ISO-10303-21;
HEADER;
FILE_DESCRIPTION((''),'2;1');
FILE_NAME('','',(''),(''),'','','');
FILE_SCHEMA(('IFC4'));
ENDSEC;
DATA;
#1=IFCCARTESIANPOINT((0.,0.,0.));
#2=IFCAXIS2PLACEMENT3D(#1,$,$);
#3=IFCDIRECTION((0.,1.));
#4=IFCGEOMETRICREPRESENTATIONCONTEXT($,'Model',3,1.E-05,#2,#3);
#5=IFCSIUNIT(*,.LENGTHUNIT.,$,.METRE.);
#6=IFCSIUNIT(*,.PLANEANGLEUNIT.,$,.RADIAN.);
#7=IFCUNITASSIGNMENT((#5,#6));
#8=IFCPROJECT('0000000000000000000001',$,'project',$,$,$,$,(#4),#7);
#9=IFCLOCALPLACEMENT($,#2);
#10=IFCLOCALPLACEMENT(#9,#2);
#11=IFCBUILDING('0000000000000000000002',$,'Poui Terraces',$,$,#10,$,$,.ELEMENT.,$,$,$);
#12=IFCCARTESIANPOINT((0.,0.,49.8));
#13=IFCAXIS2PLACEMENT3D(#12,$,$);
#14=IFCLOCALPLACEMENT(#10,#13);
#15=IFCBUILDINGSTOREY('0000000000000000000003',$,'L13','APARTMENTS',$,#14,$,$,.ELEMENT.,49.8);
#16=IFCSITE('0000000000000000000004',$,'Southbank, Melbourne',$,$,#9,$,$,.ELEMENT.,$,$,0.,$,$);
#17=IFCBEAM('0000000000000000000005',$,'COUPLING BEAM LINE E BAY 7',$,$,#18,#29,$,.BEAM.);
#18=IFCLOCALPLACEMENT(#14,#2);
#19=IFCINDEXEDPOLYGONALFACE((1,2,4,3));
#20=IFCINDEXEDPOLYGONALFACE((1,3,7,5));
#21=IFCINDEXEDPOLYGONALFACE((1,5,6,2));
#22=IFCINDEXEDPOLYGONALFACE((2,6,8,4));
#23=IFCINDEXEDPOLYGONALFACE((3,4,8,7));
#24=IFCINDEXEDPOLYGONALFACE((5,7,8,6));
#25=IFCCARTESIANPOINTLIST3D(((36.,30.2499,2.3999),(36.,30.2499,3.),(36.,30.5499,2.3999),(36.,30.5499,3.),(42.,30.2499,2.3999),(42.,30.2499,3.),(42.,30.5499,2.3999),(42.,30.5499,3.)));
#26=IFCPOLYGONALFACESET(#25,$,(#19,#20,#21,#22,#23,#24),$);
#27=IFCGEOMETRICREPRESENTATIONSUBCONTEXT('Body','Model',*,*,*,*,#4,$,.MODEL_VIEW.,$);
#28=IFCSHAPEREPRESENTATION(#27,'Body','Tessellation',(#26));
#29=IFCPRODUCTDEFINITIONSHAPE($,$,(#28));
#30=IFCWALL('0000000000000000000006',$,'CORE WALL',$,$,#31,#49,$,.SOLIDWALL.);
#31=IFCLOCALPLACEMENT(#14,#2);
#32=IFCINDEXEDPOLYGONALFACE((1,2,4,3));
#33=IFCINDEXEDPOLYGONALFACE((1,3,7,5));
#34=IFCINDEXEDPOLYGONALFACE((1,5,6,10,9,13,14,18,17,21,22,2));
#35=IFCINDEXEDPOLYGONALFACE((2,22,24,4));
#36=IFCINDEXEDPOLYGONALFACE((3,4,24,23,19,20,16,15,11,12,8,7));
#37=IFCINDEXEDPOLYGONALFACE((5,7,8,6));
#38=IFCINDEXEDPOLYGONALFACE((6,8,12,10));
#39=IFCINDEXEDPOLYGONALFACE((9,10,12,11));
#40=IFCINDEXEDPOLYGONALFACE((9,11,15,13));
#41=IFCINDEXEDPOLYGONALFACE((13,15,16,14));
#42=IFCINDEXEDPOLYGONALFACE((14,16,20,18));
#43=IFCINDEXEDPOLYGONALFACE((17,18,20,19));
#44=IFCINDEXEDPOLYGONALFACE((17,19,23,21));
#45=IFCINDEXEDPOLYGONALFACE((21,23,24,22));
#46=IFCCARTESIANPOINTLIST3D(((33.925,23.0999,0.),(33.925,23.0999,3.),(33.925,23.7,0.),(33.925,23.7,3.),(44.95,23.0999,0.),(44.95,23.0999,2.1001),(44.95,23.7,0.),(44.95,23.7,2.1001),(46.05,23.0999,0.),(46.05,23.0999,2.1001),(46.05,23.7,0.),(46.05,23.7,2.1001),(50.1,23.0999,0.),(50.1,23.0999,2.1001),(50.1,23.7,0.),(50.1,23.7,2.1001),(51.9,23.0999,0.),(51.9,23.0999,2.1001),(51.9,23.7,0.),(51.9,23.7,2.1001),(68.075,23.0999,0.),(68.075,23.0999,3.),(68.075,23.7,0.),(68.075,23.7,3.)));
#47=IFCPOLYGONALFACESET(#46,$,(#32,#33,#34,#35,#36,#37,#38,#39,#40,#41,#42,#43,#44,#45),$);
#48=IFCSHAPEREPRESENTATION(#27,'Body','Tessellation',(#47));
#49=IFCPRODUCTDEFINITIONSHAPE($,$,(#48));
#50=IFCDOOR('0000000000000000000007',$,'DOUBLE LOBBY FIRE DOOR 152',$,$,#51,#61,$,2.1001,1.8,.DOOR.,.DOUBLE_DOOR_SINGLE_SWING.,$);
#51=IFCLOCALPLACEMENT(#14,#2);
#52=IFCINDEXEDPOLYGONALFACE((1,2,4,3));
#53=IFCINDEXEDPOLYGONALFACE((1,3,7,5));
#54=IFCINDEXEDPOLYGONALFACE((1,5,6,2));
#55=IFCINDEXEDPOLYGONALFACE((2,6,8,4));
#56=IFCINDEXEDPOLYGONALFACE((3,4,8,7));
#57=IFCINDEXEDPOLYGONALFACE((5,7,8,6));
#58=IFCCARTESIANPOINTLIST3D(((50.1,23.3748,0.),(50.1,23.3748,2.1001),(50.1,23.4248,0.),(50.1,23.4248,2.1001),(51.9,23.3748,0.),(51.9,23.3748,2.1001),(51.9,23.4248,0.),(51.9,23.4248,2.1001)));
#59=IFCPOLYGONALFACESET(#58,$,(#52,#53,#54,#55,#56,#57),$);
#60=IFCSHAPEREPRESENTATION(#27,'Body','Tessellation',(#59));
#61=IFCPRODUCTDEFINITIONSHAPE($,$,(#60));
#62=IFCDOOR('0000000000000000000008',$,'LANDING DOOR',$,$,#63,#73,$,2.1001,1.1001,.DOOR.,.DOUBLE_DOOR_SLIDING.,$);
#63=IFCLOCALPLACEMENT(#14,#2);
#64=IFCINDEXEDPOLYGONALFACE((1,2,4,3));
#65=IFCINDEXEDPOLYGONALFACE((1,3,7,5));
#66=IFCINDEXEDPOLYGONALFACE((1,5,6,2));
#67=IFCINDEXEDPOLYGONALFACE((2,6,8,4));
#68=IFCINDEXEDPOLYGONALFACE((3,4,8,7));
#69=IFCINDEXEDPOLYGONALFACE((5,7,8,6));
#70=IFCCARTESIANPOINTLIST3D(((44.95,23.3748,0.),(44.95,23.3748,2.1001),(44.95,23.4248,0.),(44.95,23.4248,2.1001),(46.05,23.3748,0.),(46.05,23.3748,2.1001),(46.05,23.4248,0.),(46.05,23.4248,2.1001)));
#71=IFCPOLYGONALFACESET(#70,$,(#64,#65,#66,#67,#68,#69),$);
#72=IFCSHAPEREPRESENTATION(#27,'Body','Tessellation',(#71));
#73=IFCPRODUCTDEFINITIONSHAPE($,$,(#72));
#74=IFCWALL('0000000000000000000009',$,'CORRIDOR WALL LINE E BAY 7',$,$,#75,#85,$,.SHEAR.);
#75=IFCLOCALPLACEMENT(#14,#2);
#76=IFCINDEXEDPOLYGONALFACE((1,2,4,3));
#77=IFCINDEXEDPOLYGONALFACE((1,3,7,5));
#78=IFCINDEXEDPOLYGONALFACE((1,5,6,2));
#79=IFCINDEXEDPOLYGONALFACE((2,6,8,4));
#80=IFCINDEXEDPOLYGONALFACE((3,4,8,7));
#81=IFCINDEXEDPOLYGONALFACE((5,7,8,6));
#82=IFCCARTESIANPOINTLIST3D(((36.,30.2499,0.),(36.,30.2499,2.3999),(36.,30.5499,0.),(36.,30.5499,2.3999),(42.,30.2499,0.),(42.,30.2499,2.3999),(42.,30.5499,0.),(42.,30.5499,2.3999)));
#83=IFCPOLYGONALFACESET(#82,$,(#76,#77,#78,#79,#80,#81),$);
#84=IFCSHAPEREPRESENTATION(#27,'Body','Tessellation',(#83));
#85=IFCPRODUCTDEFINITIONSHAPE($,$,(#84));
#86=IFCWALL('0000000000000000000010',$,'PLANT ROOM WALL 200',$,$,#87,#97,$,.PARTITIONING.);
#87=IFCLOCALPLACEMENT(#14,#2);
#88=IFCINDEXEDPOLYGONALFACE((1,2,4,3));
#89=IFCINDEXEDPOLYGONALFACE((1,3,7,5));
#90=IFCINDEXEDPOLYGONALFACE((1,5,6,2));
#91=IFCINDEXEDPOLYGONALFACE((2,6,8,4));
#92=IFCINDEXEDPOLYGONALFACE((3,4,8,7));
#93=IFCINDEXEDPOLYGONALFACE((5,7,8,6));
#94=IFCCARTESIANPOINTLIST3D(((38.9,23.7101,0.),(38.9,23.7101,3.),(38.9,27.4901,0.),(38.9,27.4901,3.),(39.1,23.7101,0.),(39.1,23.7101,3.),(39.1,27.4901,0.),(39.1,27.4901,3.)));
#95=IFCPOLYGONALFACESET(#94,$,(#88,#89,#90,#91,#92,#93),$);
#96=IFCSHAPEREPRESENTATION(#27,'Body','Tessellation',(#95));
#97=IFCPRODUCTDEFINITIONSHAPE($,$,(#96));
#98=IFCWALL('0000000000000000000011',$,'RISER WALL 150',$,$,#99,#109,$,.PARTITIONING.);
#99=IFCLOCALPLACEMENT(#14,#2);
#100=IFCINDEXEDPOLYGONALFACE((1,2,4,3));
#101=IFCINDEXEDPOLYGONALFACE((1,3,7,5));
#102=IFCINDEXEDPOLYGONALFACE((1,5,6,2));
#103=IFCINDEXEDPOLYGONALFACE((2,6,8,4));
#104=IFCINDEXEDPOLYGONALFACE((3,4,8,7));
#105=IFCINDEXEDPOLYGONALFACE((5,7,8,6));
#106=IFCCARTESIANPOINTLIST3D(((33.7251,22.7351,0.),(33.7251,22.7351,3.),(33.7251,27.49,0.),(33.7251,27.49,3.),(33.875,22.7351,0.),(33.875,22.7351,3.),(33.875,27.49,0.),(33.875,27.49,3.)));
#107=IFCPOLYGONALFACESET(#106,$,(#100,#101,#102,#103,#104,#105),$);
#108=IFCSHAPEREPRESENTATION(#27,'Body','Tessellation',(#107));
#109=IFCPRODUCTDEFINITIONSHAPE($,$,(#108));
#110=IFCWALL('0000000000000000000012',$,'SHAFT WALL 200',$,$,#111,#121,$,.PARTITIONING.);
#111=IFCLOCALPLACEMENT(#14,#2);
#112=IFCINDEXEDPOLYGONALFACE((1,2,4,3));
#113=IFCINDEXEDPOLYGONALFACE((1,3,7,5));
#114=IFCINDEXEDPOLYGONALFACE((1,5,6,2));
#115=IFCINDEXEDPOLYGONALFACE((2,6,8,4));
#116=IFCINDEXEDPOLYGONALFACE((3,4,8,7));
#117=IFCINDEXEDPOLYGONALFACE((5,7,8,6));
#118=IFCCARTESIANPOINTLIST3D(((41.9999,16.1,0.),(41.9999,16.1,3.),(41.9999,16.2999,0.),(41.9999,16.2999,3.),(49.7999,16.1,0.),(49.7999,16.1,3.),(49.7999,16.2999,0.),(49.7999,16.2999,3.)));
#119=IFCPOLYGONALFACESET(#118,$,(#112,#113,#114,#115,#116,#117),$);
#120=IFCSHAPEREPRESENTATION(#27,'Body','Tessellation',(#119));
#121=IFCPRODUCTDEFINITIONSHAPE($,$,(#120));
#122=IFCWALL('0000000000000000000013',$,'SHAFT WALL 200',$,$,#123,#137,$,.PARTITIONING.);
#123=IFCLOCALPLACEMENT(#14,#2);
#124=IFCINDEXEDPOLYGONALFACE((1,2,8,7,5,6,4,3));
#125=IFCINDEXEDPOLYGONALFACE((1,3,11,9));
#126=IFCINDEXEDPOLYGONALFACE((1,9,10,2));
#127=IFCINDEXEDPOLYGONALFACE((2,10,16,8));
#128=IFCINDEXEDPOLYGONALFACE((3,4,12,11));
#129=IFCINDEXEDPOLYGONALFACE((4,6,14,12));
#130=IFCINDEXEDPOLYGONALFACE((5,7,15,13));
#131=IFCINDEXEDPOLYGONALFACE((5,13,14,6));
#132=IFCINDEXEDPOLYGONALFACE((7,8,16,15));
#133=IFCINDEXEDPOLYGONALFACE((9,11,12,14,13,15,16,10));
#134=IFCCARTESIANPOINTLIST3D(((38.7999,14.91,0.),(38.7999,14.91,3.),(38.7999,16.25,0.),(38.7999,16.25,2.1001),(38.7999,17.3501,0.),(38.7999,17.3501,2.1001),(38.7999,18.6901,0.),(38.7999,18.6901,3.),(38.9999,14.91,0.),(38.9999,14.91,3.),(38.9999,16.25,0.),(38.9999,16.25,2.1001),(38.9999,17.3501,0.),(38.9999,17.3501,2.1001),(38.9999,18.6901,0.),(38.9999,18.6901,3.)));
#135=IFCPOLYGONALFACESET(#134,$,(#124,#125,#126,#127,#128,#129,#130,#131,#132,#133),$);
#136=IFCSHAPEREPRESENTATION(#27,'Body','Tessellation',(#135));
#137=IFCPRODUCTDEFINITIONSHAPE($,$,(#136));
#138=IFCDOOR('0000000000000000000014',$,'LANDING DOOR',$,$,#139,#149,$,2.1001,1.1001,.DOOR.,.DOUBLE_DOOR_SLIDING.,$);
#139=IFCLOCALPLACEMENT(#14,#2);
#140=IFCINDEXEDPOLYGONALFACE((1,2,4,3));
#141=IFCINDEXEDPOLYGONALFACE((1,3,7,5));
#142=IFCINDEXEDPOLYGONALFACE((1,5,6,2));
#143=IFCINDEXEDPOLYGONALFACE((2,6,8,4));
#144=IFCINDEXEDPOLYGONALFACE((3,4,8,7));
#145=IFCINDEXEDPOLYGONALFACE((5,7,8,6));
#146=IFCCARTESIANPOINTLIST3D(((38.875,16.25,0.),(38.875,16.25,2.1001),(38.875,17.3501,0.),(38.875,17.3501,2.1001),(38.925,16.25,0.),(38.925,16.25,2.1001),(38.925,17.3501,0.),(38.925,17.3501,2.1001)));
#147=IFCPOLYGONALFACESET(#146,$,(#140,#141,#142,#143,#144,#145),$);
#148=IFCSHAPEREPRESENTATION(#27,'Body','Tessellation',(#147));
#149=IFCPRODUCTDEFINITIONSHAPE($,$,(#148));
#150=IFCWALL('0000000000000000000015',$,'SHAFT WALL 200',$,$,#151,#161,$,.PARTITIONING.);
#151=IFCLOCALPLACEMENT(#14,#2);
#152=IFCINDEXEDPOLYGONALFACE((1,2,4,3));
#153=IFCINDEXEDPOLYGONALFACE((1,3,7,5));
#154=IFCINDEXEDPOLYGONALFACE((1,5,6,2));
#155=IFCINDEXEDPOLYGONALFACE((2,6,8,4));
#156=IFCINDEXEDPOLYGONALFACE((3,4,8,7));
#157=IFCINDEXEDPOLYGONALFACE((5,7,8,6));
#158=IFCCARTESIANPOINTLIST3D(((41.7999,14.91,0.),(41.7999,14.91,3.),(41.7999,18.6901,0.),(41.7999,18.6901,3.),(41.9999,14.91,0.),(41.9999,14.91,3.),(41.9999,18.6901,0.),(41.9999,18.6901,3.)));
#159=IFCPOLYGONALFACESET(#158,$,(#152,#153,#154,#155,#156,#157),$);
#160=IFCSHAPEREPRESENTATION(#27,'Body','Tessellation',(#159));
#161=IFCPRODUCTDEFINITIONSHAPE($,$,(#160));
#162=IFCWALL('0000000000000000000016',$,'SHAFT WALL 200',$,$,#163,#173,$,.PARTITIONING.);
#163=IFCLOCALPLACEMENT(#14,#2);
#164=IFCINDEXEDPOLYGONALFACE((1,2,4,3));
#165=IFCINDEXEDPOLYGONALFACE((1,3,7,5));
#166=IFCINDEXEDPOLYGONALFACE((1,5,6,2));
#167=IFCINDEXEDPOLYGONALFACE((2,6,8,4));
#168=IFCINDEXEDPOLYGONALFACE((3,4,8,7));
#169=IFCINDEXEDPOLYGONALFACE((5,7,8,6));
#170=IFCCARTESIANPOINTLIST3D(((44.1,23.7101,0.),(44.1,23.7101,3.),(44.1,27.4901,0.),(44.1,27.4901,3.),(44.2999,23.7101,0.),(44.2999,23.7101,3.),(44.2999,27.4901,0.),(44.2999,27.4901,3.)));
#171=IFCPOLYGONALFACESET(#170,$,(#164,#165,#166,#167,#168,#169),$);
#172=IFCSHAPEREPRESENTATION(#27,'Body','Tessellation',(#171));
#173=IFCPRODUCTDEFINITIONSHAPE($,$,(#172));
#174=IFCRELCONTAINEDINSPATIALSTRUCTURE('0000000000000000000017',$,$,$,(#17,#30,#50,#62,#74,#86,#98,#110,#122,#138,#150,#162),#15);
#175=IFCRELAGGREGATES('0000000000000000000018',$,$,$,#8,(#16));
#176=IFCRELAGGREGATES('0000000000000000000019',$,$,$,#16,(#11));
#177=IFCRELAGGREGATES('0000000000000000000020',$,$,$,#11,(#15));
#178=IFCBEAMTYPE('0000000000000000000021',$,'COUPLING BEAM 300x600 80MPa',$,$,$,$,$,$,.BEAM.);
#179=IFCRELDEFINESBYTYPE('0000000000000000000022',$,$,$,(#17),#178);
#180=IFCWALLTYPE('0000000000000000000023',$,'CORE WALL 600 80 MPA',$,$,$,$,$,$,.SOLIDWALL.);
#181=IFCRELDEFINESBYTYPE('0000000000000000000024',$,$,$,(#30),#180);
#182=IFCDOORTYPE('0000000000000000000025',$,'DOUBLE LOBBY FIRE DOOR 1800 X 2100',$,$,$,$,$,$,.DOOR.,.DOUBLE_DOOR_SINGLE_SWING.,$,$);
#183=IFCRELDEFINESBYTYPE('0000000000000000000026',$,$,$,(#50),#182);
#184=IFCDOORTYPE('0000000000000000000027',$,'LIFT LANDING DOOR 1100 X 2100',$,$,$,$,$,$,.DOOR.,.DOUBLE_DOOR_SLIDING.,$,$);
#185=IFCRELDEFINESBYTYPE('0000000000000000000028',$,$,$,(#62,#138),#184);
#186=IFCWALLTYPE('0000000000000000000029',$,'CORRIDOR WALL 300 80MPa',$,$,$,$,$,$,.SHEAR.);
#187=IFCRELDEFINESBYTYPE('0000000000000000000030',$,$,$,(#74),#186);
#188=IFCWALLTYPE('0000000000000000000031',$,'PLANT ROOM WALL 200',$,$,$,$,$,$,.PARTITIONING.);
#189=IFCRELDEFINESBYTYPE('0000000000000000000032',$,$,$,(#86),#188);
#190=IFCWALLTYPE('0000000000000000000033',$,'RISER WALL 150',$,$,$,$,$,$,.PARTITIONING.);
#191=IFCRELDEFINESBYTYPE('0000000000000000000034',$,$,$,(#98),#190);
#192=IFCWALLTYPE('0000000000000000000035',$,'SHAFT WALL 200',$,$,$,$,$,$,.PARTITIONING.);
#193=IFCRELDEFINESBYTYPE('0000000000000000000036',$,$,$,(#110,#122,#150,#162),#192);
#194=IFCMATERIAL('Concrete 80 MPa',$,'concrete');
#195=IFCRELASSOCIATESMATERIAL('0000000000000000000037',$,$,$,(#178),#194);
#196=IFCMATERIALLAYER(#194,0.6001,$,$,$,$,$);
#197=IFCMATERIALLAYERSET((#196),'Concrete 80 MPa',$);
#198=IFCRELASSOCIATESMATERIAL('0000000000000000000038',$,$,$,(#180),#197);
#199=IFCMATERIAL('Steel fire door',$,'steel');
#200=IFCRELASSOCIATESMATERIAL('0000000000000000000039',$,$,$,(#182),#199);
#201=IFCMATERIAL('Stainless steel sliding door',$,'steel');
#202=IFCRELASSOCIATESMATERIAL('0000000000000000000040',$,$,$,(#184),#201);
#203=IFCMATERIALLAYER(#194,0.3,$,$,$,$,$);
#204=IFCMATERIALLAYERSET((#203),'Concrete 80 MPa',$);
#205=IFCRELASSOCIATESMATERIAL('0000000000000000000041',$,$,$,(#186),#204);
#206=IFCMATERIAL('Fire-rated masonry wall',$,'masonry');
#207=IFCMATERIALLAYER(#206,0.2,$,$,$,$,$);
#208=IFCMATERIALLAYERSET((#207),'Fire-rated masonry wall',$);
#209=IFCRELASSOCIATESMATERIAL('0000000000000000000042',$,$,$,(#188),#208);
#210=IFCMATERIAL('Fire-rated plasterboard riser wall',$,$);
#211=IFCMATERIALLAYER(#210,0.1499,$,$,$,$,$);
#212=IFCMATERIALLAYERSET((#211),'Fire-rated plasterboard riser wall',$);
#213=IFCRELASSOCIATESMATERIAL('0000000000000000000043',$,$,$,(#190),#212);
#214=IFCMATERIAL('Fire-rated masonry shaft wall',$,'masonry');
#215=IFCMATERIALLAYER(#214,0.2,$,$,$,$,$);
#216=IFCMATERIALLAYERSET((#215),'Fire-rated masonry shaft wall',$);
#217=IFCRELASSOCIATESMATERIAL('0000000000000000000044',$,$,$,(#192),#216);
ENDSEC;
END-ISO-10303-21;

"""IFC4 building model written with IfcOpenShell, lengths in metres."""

from ifc_helpers import new_model, si_unit, direction, frame, frame_2d, origin, origin_2d, place, context, subcontext, project, spatial, rectangle, extrude, source, transform, mapped, material, layer, layer_set, material_profile, profile_set, type_object, element, fill, save


model = new_model("IFC4")

# Units and contexts
model_context = context("Model", 3, precision=1e-05, world=origin(), true_north=direction((0.0, 1.0)))
body_context = subcontext(model_context, "Body", "Model", "MODEL_VIEW")
ifc_project = project(units=[si_unit("LENGTHUNIT", "METRE"), si_unit("PLANEANGLEUNIT", "RADIAN")], contexts=[model_context])

# Site, building, storey
site_placement = place(None, origin())
site = spatial("IfcSite", under=ifc_project, at=site_placement, Name="Southbank, Melbourne", CompositionType="ELEMENT", RefElevation=0.0)
building_placement = place(site_placement, origin())
building = spatial("IfcBuilding", under=site, at=building_placement, Name="Poui Terraces", CompositionType="ELEMENT")
storey_placement = place(building_placement, frame((0.0, 0.0, 49.8)))
storey = spatial("IfcBuildingStorey", under=building, at=storey_placement, Name="L13", Description="APARTMENTS", CompositionType="ELEMENT", Elevation=49.8)

# Beam
ifc_material_1 = material(Name="Concrete 80 MPa", Category="concrete")
ifc_material_profile = material_profile(ifc_material_1, rectangle(XDim=0.3, YDim=0.6001, at=origin_2d()), Name="RC 300x600")
ifc_profile_set = profile_set([ifc_material_profile], Name="Concrete 80 MPa")
beam_type = type_object("IfcBeamType", Name="COUPLING BEAM 300x600 80MPa", PredefinedType="BEAM", material=ifc_profile_set)
shared_shape = source(origin(), body_context, "Body", "SweptSolid", [
    extrude(rectangle(XDim=0.3, YDim=0.6001, at=origin_2d()), origin(), (0.0, 0.0, 1.0), 6.0),
])
beam_placement = place(storey_placement, frame((36.0, 30.3999, 2.7), z_axis=(1.0, 0.0, 0.0), x_axis=(0.0, 1.0, 0.0)))
element("IfcBeam", 1, at=beam_placement, inside=storey, type_object=beam_type, Name="COUPLING BEAM LINE E BAY 7", PredefinedType="BEAM", context=body_context, shape_type="MappedRepresentation", body=[
    mapped(shared_shape, transform((0.0, 0.0, 0.0))),
])

# Wall, openings, doors
ifc_layer_1 = layer(ifc_material_1, 0.6001)
ifc_layer_set_1 = layer_set([ifc_layer_1], Name="Concrete 80 MPa")
wall_type_1 = type_object("IfcWallType", Name="CORE WALL 600 80 MPA", PredefinedType="SOLIDWALL", material=ifc_layer_set_1)
ifc_material_2 = material(Name="Steel fire door", Category="steel")
door_type_1 = type_object("IfcDoorType", Name="DOUBLE LOBBY FIRE DOOR 1800 X 2100", OperationType="DOUBLE_DOOR_SINGLE_SWING", PredefinedType="DOOR", material=ifc_material_2)
ifc_material_3 = material(Name="Stainless steel sliding door", Category="steel")
door_type_2 = type_object("IfcDoorType", Name="LIFT LANDING DOOR 1100 X 2100", OperationType="DOUBLE_DOOR_SLIDING", PredefinedType="DOOR", material=ifc_material_3)
wall_1_placement = place(storey_placement, frame((33.925, 23.3999, 0.0), z_axis=(0.0, 0.0, 1.0), x_axis=(1.0, 0.0, 0.0)))
wall_1 = element("IfcWall", 2, at=wall_1_placement, inside=storey, type_object=wall_type_1, Name="CORE WALL", PredefinedType="SOLIDWALL", context=body_context, shape_type="SweptSolid", body=[
    extrude(rectangle(XDim=34.1499, YDim=0.6001, at=frame_2d((17.075, 0.0))), origin(), (0.0, 0.0, 1.0), 3.0),
])
opening_1_placement = place(wall_1_placement, frame((16.175, 0.0, 0.0)))
opening_1 = element("IfcOpeningElement", 3, at=opening_1_placement, cuts=wall_1, PredefinedType="OPENING", context=body_context, shape_type="SweptSolid", body=[
    extrude(rectangle(XDim=1.8, YDim=2.1001, at=frame_2d((0.8999, 1.05))), frame((0.0, 0.3101, 0.0), z_axis=(0.0, -1.0, 0.0), x_axis=(1.0, 0.0, 0.0)), (0.0, 0.0, 1.0), 0.6201),
])
opening_2_placement = place(wall_1_placement, frame((11.0249, 0.0, 0.0)))
opening_2 = element("IfcOpeningElement", 4, at=opening_2_placement, cuts=wall_1, PredefinedType="OPENING", context=body_context, shape_type="SweptSolid", body=[
    extrude(rectangle(XDim=1.1001, YDim=2.1001, at=frame_2d((0.55, 1.05))), frame((0.0, 0.3101, 0.0), z_axis=(0.0, -1.0, 0.0), x_axis=(1.0, 0.0, 0.0)), (0.0, 0.0, 1.0), 0.6201),
])
door_1_placement = place(opening_1_placement, origin())
door_1 = element("IfcDoor", 5, at=door_1_placement, inside=storey, type_object=door_type_1, Name="DOUBLE LOBBY FIRE DOOR 152", OperationType="DOUBLE_DOOR_SINGLE_SWING", OverallHeight=2.1001, OverallWidth=1.8, PredefinedType="DOOR", context=body_context, shape_type="SweptSolid", body=[
    extrude(rectangle(XDim=1.8, YDim=2.1001, at=frame_2d((0.8999, 1.05))), frame((0.0, 0.0249, 0.0), z_axis=(0.0, -1.0, 0.0), x_axis=(1.0, 0.0, 0.0)), (0.0, 0.0, 1.0), 0.05),
])
fill(opening_1, door_1)
door_2_placement = place(opening_2_placement, origin())
door_2 = element("IfcDoor", 6, at=door_2_placement, inside=storey, type_object=door_type_2, Name="LANDING DOOR", OperationType="DOUBLE_DOOR_SLIDING", OverallHeight=2.1001, OverallWidth=1.1001, PredefinedType="DOOR", context=body_context, shape_type="SweptSolid", body=[
    extrude(rectangle(XDim=1.1001, YDim=2.1001, at=frame_2d((0.55, 1.05))), frame((0.0, 0.0249, 0.0), z_axis=(0.0, -1.0, 0.0), x_axis=(1.0, 0.0, 0.0)), (0.0, 0.0, 1.0), 0.05),
])
fill(opening_2, door_2)

# Walls
ifc_layer_2 = layer(ifc_material_1, 0.3)
ifc_layer_set_2 = layer_set([ifc_layer_2], Name="Concrete 80 MPa")
wall_type_2 = type_object("IfcWallType", Name="CORRIDOR WALL 300 80MPa", PredefinedType="SHEAR", material=ifc_layer_set_2)
wall_2_placement = place(storey_placement, frame((36.0, 30.3999, 0.0), z_axis=(0.0, 0.0, 1.0), x_axis=(1.0, 0.0, 0.0)))
element("IfcWall", 7, at=wall_2_placement, inside=storey, type_object=wall_type_2, Name="CORRIDOR WALL LINE E BAY 7", PredefinedType="SHEAR", context=body_context, shape_type="SweptSolid", body=[
    extrude(rectangle(XDim=6.0, YDim=0.3, at=frame_2d((3.0, 0.0))), origin(), (0.0, 0.0, 1.0), 2.3999),
])
ifc_material_4 = material(Name="Fire-rated masonry wall", Category="masonry")
ifc_layer_3 = layer(ifc_material_4, 0.2)
ifc_layer_set_3 = layer_set([ifc_layer_3], Name="Fire-rated masonry wall")
wall_type_3 = type_object("IfcWallType", Name="PLANT ROOM WALL 200", PredefinedType="PARTITIONING", material=ifc_layer_set_3)
wall_3_placement = place(storey_placement, frame((39.0, 23.71, 0.0), z_axis=(0.0, 0.0, 1.0), x_axis=(0.0, 1.0, 0.0)))
element("IfcWall", 8, at=wall_3_placement, inside=storey, type_object=wall_type_3, Name="PLANT ROOM WALL 200", PredefinedType="PARTITIONING", context=body_context, shape_type="SweptSolid", body=[
    extrude(rectangle(XDim=3.78, YDim=0.2, at=frame_2d((1.8901, 0.0))), origin(), (0.0, 0.0, 1.0), 3.0),
])
ifc_material_5 = material(Name="Fire-rated plasterboard riser wall")
ifc_layer_4 = layer(ifc_material_5, 0.1499)
ifc_layer_set_4 = layer_set([ifc_layer_4], Name="Fire-rated plasterboard riser wall")
wall_type_4 = type_object("IfcWallType", Name="RISER WALL 150", PredefinedType="PARTITIONING", material=ifc_layer_set_4)
wall_4_placement = place(storey_placement, frame((33.8, 22.7351, 0.0), z_axis=(0.0, 0.0, 1.0), x_axis=(0.0, 1.0, 0.0)))
element("IfcWall", 9, at=wall_4_placement, inside=storey, type_object=wall_type_4, Name="RISER WALL 150", PredefinedType="PARTITIONING", context=body_context, shape_type="SweptSolid", body=[
    extrude(rectangle(XDim=4.7549, YDim=0.1499, at=frame_2d((2.3774, 0.0))), origin(), (0.0, 0.0, 1.0), 3.0),
])
ifc_material_6 = material(Name="Fire-rated masonry shaft wall", Category="masonry")
ifc_layer_5 = layer(ifc_material_6, 0.2)
ifc_layer_set_5 = layer_set([ifc_layer_5], Name="Fire-rated masonry shaft wall")
wall_type_5 = type_object("IfcWallType", Name="SHAFT WALL 200", PredefinedType="PARTITIONING", material=ifc_layer_set_5)
wall_5_placement = place(storey_placement, frame((42.0, 16.2, 0.0), z_axis=(0.0, 0.0, 1.0), x_axis=(1.0, 0.0, 0.0)))
element("IfcWall", 10, at=wall_5_placement, inside=storey, type_object=wall_type_5, Name="SHAFT WALL 200", PredefinedType="PARTITIONING", context=body_context, shape_type="SweptSolid", body=[
    extrude(rectangle(XDim=7.8, YDim=0.2, at=frame_2d((3.8999, 0.0))), origin(), (0.0, 0.0, 1.0), 3.0),
])

# Wall, opening, door
wall_6_placement = place(storey_placement, frame((38.8999, 14.9099, 0.0), z_axis=(0.0, 0.0, 1.0), x_axis=(0.0, 1.0, 0.0)))
wall_6 = element("IfcWall", 11, at=wall_6_placement, inside=storey, type_object=wall_type_5, Name="SHAFT WALL 200", PredefinedType="PARTITIONING", context=body_context, shape_type="SweptSolid", body=[
    extrude(rectangle(XDim=3.78, YDim=0.2, at=frame_2d((1.8901, 0.0))), origin(), (0.0, 0.0, 1.0), 3.0),
])
opening_3_placement = place(wall_6_placement, frame((1.3401, 0.0, 0.0)))
opening_3 = element("IfcOpeningElement", 12, at=opening_3_placement, cuts=wall_6, PredefinedType="OPENING", context=body_context, shape_type="SweptSolid", body=[
    extrude(rectangle(XDim=1.1001, YDim=2.1001, at=frame_2d((0.55, 1.05))), frame((0.0, 0.1099, 0.0), z_axis=(0.0, -1.0, 0.0), x_axis=(1.0, 0.0, 0.0)), (0.0, 0.0, 1.0), 0.22),
])
door_3_placement = place(opening_3_placement, origin())
door_3 = element("IfcDoor", 13, at=door_3_placement, inside=storey, type_object=door_type_2, Name="LANDING DOOR", OperationType="DOUBLE_DOOR_SLIDING", OverallHeight=2.1001, OverallWidth=1.1001, PredefinedType="DOOR", context=body_context, shape_type="SweptSolid", body=[
    extrude(rectangle(XDim=1.1001, YDim=2.1001, at=frame_2d((0.55, 1.05))), frame((0.0, 0.0249, 0.0), z_axis=(0.0, -1.0, 0.0), x_axis=(1.0, 0.0, 0.0)), (0.0, 0.0, 1.0), 0.05),
])
fill(opening_3, door_3)

# Walls
for number, where, z_axis, x_axis, name in (
    (14, (41.8999, 14.9099, 0.0), (0.0, 0.0, 1.0), (0.0, 1.0, 0.0), "SHAFT WALL 200"),
    (15, (44.2, 23.71, 0.0), (0.0, 0.0, 1.0), (0.0, 1.0, 0.0), "SHAFT WALL 200"),
):
    element("IfcWall", number, at=place(storey_placement, frame(where, z_axis=z_axis, x_axis=x_axis)), inside=storey, type_object=wall_type_5, Name=name, PredefinedType="PARTITIONING", context=body_context, shape_type="SweptSolid", body=[
        extrude(rectangle(XDim=3.78, YDim=0.2, at=frame_2d((1.8901, 0.0))), origin(), (0.0, 0.0, 1.0), 3.0),
    ])

save(model, "model.ifc")
